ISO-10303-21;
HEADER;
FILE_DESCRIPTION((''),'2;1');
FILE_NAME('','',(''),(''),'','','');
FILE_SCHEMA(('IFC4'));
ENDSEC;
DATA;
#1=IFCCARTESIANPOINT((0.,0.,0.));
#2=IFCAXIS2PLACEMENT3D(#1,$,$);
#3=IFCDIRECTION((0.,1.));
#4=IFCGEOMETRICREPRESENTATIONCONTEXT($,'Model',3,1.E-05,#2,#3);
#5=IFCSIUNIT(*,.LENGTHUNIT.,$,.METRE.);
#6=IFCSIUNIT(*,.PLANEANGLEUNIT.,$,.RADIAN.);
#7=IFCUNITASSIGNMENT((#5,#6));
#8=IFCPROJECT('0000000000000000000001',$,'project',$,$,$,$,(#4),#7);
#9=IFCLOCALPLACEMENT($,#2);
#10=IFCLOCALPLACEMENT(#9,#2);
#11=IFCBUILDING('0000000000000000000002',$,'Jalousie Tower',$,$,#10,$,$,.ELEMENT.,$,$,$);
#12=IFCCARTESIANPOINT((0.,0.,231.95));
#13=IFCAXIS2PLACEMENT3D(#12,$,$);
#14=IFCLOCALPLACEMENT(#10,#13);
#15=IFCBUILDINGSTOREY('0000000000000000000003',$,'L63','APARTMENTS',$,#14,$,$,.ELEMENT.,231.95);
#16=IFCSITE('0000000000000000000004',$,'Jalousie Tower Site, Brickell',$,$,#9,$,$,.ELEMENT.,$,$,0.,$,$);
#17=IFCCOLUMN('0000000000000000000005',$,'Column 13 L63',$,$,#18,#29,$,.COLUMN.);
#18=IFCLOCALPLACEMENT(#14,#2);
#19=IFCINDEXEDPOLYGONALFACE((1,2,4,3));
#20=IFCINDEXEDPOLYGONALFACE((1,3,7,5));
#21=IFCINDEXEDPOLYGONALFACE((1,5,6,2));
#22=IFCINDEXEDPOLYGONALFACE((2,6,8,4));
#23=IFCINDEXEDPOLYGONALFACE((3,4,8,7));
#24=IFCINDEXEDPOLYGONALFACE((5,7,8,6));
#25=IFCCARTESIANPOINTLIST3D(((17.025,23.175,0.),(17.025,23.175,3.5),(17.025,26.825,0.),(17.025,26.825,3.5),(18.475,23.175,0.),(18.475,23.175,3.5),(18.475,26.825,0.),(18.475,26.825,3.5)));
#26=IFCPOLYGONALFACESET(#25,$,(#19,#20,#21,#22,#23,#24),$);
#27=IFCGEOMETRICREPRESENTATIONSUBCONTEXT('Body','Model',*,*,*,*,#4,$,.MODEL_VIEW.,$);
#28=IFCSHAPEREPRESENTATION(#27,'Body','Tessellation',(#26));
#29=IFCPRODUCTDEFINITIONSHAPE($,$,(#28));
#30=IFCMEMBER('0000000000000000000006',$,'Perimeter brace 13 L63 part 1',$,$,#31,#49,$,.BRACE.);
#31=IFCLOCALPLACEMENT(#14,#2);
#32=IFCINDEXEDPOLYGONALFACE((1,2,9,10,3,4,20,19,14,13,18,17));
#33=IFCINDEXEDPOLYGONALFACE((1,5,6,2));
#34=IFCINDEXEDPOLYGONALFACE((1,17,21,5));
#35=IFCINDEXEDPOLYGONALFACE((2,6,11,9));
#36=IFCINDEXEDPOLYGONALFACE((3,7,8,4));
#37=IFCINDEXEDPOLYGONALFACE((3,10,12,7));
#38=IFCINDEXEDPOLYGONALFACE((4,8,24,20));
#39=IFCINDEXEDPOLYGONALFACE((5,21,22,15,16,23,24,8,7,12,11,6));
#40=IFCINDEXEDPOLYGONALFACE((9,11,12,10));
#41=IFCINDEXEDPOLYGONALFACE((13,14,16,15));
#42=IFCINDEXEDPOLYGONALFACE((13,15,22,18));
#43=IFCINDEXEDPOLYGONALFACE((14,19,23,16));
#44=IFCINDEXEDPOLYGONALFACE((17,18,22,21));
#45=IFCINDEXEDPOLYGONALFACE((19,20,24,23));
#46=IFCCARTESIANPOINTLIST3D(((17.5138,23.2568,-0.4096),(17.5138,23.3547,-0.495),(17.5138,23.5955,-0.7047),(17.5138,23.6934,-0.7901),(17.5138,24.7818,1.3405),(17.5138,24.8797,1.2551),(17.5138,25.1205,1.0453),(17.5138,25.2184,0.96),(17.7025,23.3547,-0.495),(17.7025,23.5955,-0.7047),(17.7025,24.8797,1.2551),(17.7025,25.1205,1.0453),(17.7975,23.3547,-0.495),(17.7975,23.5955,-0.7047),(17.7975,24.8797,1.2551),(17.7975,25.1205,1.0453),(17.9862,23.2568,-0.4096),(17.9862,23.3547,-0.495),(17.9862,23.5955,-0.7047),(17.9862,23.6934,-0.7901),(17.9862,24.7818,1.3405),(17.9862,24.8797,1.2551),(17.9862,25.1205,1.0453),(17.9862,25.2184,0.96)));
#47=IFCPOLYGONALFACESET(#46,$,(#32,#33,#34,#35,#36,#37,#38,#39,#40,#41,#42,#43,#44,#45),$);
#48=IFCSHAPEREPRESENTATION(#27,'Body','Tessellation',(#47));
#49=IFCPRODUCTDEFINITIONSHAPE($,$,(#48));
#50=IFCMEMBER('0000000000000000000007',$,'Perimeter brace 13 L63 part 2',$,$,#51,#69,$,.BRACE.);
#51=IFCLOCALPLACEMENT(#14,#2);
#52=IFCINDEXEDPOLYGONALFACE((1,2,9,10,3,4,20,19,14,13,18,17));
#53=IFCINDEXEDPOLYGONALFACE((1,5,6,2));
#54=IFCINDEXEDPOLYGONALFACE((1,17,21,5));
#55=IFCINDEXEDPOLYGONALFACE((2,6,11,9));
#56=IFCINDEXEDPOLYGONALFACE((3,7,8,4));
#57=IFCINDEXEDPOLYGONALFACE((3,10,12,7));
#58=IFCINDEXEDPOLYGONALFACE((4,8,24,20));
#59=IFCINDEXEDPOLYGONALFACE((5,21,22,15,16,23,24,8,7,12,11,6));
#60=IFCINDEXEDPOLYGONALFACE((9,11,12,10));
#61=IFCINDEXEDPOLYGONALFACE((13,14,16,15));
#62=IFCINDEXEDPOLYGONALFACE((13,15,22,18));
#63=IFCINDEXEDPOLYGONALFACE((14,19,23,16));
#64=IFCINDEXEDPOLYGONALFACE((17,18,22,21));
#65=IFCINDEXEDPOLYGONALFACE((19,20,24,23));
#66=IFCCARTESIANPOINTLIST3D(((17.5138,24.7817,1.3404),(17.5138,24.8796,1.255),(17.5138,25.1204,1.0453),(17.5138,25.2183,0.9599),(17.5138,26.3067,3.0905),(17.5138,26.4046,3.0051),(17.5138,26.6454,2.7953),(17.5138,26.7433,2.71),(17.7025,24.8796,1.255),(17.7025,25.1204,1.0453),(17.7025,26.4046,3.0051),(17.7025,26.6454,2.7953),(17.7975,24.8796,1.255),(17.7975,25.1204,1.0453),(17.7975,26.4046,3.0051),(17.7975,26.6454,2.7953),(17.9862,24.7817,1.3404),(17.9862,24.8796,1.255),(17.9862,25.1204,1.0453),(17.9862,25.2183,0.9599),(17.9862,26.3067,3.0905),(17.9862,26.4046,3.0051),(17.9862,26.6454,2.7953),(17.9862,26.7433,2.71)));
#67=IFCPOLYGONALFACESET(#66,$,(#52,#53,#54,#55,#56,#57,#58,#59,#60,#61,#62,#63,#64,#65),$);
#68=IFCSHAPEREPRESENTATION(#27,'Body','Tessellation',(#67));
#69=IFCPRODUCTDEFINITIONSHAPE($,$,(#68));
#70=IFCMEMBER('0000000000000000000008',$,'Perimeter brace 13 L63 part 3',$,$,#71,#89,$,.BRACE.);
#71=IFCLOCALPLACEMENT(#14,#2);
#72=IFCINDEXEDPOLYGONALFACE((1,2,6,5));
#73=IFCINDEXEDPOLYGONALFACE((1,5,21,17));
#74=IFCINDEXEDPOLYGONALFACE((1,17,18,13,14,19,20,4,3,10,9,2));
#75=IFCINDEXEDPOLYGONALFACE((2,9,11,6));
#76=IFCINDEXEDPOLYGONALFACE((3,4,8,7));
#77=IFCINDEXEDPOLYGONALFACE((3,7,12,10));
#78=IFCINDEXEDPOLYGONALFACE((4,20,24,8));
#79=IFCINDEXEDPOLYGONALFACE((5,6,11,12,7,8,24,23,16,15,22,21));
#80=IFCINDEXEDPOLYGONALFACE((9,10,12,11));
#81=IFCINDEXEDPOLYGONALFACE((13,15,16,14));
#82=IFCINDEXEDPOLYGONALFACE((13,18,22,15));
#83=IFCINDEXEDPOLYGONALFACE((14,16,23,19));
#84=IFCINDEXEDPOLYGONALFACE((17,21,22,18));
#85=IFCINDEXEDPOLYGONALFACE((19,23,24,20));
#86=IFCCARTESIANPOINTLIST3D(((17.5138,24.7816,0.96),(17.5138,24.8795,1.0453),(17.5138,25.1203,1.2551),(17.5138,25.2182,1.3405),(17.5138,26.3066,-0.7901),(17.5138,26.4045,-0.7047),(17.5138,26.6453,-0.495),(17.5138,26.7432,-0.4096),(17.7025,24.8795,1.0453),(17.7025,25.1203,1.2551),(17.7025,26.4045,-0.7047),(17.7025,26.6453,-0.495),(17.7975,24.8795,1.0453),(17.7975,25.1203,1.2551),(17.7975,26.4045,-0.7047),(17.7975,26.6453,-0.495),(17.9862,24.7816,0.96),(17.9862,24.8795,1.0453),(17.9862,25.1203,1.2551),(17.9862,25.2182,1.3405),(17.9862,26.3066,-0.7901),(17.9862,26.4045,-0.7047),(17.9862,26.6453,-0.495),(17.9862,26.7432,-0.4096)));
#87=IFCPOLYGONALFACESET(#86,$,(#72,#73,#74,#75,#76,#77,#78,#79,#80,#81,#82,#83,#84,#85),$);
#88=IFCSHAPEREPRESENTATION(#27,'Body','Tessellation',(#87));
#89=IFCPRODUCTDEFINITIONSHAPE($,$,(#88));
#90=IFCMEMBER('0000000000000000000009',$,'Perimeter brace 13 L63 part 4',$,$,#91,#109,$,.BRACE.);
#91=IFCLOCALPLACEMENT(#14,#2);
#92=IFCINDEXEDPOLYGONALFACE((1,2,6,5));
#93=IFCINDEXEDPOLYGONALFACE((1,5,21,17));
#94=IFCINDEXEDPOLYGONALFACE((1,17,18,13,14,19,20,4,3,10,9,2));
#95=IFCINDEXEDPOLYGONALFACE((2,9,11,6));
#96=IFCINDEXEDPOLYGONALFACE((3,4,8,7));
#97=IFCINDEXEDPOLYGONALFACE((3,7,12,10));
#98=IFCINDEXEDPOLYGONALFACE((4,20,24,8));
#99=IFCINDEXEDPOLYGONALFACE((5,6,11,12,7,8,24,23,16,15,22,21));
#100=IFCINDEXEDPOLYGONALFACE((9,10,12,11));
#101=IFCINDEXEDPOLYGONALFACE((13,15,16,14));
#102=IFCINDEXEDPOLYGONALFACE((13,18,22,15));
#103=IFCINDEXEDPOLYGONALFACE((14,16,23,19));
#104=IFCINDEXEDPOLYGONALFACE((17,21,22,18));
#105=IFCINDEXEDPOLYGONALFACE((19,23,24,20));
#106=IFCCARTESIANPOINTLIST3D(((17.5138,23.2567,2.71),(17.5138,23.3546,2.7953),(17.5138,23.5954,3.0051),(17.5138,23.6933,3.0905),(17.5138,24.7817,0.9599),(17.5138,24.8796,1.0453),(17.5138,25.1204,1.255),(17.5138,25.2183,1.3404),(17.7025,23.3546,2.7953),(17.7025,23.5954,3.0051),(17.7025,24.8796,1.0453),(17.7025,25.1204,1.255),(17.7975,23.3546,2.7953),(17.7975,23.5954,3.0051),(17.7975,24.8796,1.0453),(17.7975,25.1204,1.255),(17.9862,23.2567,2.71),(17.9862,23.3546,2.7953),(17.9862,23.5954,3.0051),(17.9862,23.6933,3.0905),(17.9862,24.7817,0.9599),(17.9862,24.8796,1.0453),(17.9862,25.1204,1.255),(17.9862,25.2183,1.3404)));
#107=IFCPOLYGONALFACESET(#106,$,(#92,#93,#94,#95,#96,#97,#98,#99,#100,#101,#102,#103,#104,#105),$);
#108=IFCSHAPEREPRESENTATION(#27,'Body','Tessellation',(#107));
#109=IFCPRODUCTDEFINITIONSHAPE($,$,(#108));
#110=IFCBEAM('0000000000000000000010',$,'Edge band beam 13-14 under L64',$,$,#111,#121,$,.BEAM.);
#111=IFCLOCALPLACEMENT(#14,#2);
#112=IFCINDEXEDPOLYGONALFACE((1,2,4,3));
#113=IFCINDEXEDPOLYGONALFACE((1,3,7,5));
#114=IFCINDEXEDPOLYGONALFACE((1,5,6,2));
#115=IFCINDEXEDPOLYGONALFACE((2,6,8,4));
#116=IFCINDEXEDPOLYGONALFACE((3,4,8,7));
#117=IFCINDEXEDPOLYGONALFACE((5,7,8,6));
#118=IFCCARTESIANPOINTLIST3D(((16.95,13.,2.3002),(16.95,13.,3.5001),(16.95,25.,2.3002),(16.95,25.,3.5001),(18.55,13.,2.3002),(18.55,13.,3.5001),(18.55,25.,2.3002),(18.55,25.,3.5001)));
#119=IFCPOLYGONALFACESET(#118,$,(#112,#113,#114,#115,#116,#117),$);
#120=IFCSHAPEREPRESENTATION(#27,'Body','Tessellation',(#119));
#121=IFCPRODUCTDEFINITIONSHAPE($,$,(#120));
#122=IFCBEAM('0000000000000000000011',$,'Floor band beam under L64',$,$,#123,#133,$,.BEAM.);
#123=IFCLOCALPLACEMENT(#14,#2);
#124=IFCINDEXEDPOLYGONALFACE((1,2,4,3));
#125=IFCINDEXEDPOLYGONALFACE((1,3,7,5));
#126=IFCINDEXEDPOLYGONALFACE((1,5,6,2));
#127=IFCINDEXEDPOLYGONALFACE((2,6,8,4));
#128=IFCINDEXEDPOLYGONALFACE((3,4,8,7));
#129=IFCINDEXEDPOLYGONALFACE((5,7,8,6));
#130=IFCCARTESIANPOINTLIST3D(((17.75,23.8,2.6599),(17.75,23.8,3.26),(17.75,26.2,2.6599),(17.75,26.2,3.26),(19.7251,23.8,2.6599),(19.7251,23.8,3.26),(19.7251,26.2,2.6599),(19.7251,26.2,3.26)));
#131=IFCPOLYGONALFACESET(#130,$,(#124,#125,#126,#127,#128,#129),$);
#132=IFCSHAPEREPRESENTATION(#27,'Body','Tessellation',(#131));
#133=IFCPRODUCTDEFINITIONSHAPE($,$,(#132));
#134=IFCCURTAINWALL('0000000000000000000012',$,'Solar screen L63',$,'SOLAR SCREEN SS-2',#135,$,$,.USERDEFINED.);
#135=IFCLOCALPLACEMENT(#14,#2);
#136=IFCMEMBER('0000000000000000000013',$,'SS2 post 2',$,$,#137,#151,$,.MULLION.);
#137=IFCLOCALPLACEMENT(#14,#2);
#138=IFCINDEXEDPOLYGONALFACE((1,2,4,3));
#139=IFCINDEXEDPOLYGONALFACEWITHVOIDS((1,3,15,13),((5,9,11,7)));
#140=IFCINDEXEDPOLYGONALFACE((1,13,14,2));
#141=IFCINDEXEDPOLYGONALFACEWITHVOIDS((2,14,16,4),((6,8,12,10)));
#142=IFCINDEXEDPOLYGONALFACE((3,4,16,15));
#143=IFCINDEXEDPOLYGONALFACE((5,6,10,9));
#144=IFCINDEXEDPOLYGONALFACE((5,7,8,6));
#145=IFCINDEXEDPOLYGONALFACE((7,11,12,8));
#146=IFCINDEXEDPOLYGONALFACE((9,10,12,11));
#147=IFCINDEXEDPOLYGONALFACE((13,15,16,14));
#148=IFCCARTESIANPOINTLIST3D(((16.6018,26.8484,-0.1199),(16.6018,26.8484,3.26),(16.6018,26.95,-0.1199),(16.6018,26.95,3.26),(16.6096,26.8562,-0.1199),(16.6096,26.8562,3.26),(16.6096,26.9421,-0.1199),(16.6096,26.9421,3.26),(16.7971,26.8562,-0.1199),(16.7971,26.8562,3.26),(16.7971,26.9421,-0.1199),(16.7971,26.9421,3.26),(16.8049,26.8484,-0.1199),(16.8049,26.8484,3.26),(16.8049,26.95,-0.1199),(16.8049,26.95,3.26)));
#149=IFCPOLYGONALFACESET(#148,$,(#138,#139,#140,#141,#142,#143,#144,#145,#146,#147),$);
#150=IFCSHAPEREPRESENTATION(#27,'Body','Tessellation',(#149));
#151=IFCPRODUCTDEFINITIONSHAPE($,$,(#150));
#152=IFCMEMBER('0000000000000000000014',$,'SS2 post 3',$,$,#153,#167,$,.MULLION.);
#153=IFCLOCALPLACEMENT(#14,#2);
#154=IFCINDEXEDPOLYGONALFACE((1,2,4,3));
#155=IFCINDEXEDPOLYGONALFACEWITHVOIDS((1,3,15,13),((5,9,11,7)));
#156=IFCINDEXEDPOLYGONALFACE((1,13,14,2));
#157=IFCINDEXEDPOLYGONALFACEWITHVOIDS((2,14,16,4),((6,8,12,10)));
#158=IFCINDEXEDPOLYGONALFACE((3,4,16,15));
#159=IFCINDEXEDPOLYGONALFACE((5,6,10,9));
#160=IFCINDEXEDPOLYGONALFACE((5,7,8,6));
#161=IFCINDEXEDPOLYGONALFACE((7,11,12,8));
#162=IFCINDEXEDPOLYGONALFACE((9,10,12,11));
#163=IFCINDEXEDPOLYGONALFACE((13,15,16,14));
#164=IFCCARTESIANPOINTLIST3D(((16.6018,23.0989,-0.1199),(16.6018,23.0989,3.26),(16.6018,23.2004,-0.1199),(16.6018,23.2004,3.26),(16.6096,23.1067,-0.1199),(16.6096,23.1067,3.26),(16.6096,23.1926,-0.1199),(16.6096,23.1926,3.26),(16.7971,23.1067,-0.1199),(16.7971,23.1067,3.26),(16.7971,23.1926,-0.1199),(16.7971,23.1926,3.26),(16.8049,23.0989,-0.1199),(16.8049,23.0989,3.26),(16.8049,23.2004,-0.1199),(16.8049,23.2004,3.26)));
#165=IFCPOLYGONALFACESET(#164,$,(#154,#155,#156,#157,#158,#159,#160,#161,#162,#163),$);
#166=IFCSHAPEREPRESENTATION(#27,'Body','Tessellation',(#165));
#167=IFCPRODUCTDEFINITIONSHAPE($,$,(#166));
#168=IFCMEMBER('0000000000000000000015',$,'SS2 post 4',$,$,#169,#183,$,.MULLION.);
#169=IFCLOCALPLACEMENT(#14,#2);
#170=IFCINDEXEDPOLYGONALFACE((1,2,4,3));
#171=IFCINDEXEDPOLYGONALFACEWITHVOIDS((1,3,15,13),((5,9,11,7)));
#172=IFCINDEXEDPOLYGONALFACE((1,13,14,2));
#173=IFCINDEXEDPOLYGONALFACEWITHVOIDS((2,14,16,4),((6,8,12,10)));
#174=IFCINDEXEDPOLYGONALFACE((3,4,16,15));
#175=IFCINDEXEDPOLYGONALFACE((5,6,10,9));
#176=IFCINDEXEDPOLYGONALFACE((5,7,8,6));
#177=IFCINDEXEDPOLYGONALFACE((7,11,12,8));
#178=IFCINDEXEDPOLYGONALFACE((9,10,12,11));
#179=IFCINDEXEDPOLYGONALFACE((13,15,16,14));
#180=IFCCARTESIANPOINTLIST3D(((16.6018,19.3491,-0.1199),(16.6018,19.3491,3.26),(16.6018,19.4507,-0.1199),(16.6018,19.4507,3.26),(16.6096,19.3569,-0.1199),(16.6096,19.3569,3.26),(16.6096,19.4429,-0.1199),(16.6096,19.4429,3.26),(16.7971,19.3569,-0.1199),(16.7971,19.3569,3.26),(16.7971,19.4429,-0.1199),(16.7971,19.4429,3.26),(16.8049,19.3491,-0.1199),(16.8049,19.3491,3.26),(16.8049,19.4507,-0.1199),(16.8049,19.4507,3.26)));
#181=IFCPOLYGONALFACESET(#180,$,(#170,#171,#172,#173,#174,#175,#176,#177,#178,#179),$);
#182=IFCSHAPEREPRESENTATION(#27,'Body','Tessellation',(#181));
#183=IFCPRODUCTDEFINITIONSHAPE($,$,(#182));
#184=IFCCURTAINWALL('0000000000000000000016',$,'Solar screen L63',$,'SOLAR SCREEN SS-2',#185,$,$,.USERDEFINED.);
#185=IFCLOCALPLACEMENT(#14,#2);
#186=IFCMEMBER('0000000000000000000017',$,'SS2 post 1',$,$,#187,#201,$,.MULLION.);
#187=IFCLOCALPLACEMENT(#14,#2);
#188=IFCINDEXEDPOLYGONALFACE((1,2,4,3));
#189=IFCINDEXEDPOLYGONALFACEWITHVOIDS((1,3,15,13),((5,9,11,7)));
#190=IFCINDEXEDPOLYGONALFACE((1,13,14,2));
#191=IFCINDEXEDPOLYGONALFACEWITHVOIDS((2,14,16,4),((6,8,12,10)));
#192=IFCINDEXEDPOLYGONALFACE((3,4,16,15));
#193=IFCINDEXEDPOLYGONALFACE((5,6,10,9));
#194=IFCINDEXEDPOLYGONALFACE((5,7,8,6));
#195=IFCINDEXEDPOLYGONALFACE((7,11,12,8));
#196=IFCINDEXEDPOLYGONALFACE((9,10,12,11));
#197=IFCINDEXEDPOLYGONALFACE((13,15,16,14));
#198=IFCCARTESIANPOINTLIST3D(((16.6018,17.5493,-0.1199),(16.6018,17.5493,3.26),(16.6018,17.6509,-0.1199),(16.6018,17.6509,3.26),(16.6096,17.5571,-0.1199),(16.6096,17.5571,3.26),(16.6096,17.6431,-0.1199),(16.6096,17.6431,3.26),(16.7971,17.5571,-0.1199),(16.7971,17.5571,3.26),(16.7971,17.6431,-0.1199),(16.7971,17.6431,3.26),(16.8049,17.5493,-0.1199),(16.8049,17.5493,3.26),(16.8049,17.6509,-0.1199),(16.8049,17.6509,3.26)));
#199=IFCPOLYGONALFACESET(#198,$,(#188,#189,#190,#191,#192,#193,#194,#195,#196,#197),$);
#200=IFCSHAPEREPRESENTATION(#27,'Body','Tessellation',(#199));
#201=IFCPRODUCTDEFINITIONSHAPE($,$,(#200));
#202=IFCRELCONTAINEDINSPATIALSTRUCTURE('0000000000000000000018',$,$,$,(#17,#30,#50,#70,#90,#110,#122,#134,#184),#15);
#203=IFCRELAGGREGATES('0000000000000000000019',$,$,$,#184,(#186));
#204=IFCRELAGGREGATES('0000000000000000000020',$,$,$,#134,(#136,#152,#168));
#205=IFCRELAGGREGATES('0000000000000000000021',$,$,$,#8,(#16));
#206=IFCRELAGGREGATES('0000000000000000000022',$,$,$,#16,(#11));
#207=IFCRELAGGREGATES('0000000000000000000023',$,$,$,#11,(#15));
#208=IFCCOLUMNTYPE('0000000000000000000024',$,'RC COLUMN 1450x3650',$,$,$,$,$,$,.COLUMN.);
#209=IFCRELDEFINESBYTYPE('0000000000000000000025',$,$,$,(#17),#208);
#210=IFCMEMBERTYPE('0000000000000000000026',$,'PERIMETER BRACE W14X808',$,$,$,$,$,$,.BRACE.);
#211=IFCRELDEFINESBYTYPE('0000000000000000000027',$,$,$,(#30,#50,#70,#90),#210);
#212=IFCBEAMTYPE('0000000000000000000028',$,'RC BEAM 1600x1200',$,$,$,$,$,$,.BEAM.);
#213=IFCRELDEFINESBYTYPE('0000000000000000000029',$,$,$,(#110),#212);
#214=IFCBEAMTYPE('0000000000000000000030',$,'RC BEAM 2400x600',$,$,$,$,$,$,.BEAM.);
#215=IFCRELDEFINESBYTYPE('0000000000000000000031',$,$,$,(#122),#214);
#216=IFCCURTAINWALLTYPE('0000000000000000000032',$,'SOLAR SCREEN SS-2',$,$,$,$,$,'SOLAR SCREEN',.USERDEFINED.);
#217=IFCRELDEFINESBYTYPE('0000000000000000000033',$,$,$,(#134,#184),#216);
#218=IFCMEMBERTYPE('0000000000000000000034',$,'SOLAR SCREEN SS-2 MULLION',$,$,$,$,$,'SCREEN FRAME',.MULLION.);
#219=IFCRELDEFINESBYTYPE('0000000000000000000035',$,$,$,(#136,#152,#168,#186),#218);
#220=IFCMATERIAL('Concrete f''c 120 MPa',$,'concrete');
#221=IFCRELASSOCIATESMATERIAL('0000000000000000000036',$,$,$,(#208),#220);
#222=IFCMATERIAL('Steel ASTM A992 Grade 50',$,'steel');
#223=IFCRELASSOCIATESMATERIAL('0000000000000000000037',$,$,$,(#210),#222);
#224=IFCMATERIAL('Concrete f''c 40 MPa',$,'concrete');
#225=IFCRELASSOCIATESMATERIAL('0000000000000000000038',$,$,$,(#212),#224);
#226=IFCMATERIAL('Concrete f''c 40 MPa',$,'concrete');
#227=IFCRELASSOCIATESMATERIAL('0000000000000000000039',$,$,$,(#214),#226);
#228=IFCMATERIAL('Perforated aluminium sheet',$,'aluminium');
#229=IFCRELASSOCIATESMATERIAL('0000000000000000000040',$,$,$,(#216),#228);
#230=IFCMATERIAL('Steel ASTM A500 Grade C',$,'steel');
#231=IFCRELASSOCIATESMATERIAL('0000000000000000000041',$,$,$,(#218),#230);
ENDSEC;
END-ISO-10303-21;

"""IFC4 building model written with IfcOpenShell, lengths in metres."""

from ifc_helpers import new_model, si_unit, direction, frame, origin, origin_2d, place, context, subcontext, project, spatial, rectangle, hollow_rectangle, i_section, extrude, material, material_profile, profile_set, type_object, element, aggregate, save


model = new_model("IFC4")

# Units and contexts
model_context = context("Model", 3, precision=1e-05, world=origin(), true_north=direction((0.0, 1.0)))
body_context = subcontext(model_context, "Body", "Model", "MODEL_VIEW")
ifc_project = project(units=[si_unit("LENGTHUNIT", "METRE"), si_unit("PLANEANGLEUNIT", "RADIAN")], contexts=[model_context])

# Site, building, storey
site_placement = place(None, origin())
site = spatial("IfcSite", under=ifc_project, at=site_placement, Name="Jalousie Tower Site, Brickell", CompositionType="ELEMENT", RefElevation=0.0)
building_placement = place(site_placement, origin())
building = spatial("IfcBuilding", under=site, at=building_placement, Name="Jalousie Tower", CompositionType="ELEMENT")
storey_placement = place(building_placement, frame((0.0, 0.0, 231.95)))
storey = spatial("IfcBuildingStorey", under=building, at=storey_placement, Name="L63", Description="APARTMENTS", CompositionType="ELEMENT", Elevation=231.95)

# Column
ifc_material_1 = material(Name="Concrete f'c 120 MPa", Category="concrete")
ifc_material_profile_1 = material_profile(ifc_material_1, rectangle(XDim=1.45, YDim=3.6499, at=origin_2d()), Name="RC 1450x3650")
ifc_profile_set_1 = profile_set([ifc_material_profile_1], Name="Concrete f'c 120 MPa")
column_type = type_object("IfcColumnType", Name="RC COLUMN 1450x3650", PredefinedType="COLUMN", material=ifc_profile_set_1)
column_placement = place(storey_placement, frame((17.75, 25.0, 0.0), z_axis=(0.0, 0.0, 1.0), x_axis=(1.0, 0.0, 0.0)))
element("IfcColumn", 1, at=column_placement, inside=storey, type_object=column_type, Name="Column 13 L63", PredefinedType="COLUMN", context=body_context, shape_type="SweptSolid", body=[
    extrude(rectangle(XDim=1.45, YDim=3.6499, at=origin_2d()), origin(), (0.0, 0.0, 1.0), 3.5),
])

# Members
ifc_material_2 = material(Name="Steel ASTM A992 Grade 50", Category="steel")
ifc_material_profile_2 = material_profile(ifc_material_2, i_section(OverallWidth=0.4724, OverallDepth=0.5791, WebThickness=0.095, FlangeThickness=0.1299, at=origin_2d()), Name="W14X808")
ifc_profile_set_2 = profile_set([ifc_material_profile_2], Name="Steel ASTM A992 Grade 50")
member_type_1 = type_object("IfcMemberType", Name="PERIMETER BRACE W14X808", PredefinedType="BRACE", material=ifc_profile_set_2)
for number, where, z_axis, x_axis, name in (
    (2, (17.75, 23.4751, -0.5999), (0.0, 0.656954, 0.75393), (-1.0, 0.0, 0.0), "Perimeter brace 13 L63 part 1"),
    (3, (17.75, 25.0, 1.1501), (0.0, 0.656954, 0.75393), (-1.0, 0.0, 0.0), "Perimeter brace 13 L63 part 2"),
    (4, (17.75, 26.5249, -0.5999), (0.0, -0.656954, 0.75393), (1.0, 0.0, 0.0), "Perimeter brace 13 L63 part 3"),
    (5, (17.75, 25.0, 1.1501), (0.0, -0.656954, 0.75393), (1.0, 0.0, 0.0), "Perimeter brace 13 L63 part 4"),
):
    element("IfcMember", number, at=place(storey_placement, frame(where, z_axis=z_axis, x_axis=x_axis)), inside=storey, type_object=member_type_1, Name=name, PredefinedType="BRACE", context=body_context, shape_type="SweptSolid", body=[
        extrude(i_section(OverallWidth=0.4724, OverallDepth=0.5791, WebThickness=0.095, FlangeThickness=0.1299, at=origin_2d()), origin(), (0.0, 0.0, 1.0), 2.3213),
    ])

# Beams
ifc_material_3 = material(Name="Concrete f'c 40 MPa", Category="concrete")
ifc_material_profile_3 = material_profile(ifc_material_3, rectangle(XDim=1.6001, YDim=1.2, at=origin_2d()), Name="RC 1600x1200")
ifc_profile_set_3 = profile_set([ifc_material_profile_3], Name="Concrete f'c 40 MPa")
beam_type_1 = type_object("IfcBeamType", Name="RC BEAM 1600x1200", PredefinedType="BEAM", material=ifc_profile_set_3)
beam_1_placement = place(storey_placement, frame((17.75, 25.0, 2.9001), z_axis=(0.0, -1.0, 0.0), x_axis=(1.0, 0.0, 0.0)))
element("IfcBeam", 6, at=beam_1_placement, inside=storey, type_object=beam_type_1, Name="Edge band beam 13-14 under L64", PredefinedType="BEAM", context=body_context, shape_type="SweptSolid", body=[
    extrude(rectangle(XDim=1.6001, YDim=1.2, at=origin_2d()), origin(), (0.0, 0.0, 1.0), 12.0),
])
ifc_material_4 = material(Name="Concrete f'c 40 MPa", Category="concrete")
ifc_material_profile_4 = material_profile(ifc_material_4, rectangle(XDim=2.3999, YDim=0.6001, at=origin_2d()), Name="RC 2400x600")
ifc_profile_set_4 = profile_set([ifc_material_profile_4], Name="Concrete f'c 40 MPa")
beam_type_2 = type_object("IfcBeamType", Name="RC BEAM 2400x600", PredefinedType="BEAM", material=ifc_profile_set_4)
beam_2_placement = place(storey_placement, frame((17.75, 25.0, 2.96), z_axis=(1.0, 0.0, 0.0), x_axis=(0.0, 1.0, 0.0)))
element("IfcBeam", 7, at=beam_2_placement, inside=storey, type_object=beam_type_2, Name="Floor band beam under L64", PredefinedType="BEAM", context=body_context, shape_type="SweptSolid", body=[
    extrude(rectangle(XDim=2.3999, YDim=0.6001, at=origin_2d()), origin(), (0.0, 0.0, 1.0), 1.9751),
])

# Curtain walls, members
ifc_material_5 = material(Name="Perforated aluminium sheet", Category="aluminium")
curtain_wall_type = type_object("IfcCurtainWallType", Name="SOLAR SCREEN SS-2", ElementType="SOLAR SCREEN", PredefinedType="USERDEFINED", material=ifc_material_5)
curtain_wall_1_placement = place(storey_placement, origin())
curtain_wall_1 = element("IfcCurtainWall", 8, at=curtain_wall_1_placement, inside=storey, type_object=curtain_wall_type, Name="Solar screen L63", ObjectType="SOLAR SCREEN SS-2", PredefinedType="USERDEFINED")
ifc_material_6 = material(Name="Steel ASTM A500 Grade C", Category="steel")
ifc_material_profile_5 = material_profile(ifc_material_6, hollow_rectangle(XDim=0.1016, YDim=0.2031, WallThickness=0.0078, at=origin_2d()), Name="HSS8X4X5/16")
ifc_profile_set_5 = profile_set([ifc_material_profile_5], Name="Steel ASTM A500 Grade C")
member_type_2 = type_object("IfcMemberType", Name="SOLAR SCREEN SS-2 MULLION", ElementType="SCREEN FRAME", PredefinedType="MULLION", material=ifc_profile_set_5)
member_1_placement = place(storey_placement, frame((16.7034, 26.8992, -0.1199), z_axis=(0.0, 0.0, 1.0), x_axis=(0.0, -1.0, 0.0)))
member_1 = element("IfcMember", 9, at=member_1_placement, type_object=member_type_2, Name="SS2 post 2", PredefinedType="MULLION", context=body_context, shape_type="SweptSolid", body=[
    extrude(hollow_rectangle(XDim=0.1016, YDim=0.2031, WallThickness=0.0078, at=origin_2d()), origin(), (0.0, 0.0, 1.0), 3.3799),
])
member_2_placement = place(storey_placement, frame((16.7034, 23.1497, -0.1199), z_axis=(0.0, 0.0, 1.0), x_axis=(0.0, -1.0, 0.0)))
member_2 = element("IfcMember", 10, at=member_2_placement, type_object=member_type_2, Name="SS2 post 3", PredefinedType="MULLION", context=body_context, shape_type="SweptSolid", body=[
    extrude(hollow_rectangle(XDim=0.1016, YDim=0.2031, WallThickness=0.0078, at=origin_2d()), origin(), (0.0, 0.0, 1.0), 3.3799),
])
member_3_placement = place(storey_placement, frame((16.7034, 19.3999, -0.1199), z_axis=(0.0, 0.0, 1.0), x_axis=(0.0, -1.0, 0.0)))
member_3 = element("IfcMember", 11, at=member_3_placement, type_object=member_type_2, Name="SS2 post 4", PredefinedType="MULLION", context=body_context, shape_type="SweptSolid", body=[
    extrude(hollow_rectangle(XDim=0.1016, YDim=0.2031, WallThickness=0.0078, at=origin_2d()), origin(), (0.0, 0.0, 1.0), 3.3799),
])
curtain_wall_2_placement = place(storey_placement, origin())
curtain_wall_2 = element("IfcCurtainWall", 12, at=curtain_wall_2_placement, inside=storey, type_object=curtain_wall_type, Name="Solar screen L63", ObjectType="SOLAR SCREEN SS-2", PredefinedType="USERDEFINED")
member_4_placement = place(storey_placement, frame((16.7034, 17.6001, -0.1199), z_axis=(0.0, 0.0, 1.0), x_axis=(0.0, -1.0, 0.0)))
member_4 = element("IfcMember", 13, at=member_4_placement, type_object=member_type_2, Name="SS2 post 1", PredefinedType="MULLION", context=body_context, shape_type="SweptSolid", body=[
    extrude(hollow_rectangle(XDim=0.1016, YDim=0.2031, WallThickness=0.0078, at=origin_2d()), origin(), (0.0, 0.0, 1.0), 3.3799),
])
aggregate(curtain_wall_2, [member_4])

aggregate(curtain_wall_1, [member_1, member_2, member_3])

save(model, "model.ifc")
